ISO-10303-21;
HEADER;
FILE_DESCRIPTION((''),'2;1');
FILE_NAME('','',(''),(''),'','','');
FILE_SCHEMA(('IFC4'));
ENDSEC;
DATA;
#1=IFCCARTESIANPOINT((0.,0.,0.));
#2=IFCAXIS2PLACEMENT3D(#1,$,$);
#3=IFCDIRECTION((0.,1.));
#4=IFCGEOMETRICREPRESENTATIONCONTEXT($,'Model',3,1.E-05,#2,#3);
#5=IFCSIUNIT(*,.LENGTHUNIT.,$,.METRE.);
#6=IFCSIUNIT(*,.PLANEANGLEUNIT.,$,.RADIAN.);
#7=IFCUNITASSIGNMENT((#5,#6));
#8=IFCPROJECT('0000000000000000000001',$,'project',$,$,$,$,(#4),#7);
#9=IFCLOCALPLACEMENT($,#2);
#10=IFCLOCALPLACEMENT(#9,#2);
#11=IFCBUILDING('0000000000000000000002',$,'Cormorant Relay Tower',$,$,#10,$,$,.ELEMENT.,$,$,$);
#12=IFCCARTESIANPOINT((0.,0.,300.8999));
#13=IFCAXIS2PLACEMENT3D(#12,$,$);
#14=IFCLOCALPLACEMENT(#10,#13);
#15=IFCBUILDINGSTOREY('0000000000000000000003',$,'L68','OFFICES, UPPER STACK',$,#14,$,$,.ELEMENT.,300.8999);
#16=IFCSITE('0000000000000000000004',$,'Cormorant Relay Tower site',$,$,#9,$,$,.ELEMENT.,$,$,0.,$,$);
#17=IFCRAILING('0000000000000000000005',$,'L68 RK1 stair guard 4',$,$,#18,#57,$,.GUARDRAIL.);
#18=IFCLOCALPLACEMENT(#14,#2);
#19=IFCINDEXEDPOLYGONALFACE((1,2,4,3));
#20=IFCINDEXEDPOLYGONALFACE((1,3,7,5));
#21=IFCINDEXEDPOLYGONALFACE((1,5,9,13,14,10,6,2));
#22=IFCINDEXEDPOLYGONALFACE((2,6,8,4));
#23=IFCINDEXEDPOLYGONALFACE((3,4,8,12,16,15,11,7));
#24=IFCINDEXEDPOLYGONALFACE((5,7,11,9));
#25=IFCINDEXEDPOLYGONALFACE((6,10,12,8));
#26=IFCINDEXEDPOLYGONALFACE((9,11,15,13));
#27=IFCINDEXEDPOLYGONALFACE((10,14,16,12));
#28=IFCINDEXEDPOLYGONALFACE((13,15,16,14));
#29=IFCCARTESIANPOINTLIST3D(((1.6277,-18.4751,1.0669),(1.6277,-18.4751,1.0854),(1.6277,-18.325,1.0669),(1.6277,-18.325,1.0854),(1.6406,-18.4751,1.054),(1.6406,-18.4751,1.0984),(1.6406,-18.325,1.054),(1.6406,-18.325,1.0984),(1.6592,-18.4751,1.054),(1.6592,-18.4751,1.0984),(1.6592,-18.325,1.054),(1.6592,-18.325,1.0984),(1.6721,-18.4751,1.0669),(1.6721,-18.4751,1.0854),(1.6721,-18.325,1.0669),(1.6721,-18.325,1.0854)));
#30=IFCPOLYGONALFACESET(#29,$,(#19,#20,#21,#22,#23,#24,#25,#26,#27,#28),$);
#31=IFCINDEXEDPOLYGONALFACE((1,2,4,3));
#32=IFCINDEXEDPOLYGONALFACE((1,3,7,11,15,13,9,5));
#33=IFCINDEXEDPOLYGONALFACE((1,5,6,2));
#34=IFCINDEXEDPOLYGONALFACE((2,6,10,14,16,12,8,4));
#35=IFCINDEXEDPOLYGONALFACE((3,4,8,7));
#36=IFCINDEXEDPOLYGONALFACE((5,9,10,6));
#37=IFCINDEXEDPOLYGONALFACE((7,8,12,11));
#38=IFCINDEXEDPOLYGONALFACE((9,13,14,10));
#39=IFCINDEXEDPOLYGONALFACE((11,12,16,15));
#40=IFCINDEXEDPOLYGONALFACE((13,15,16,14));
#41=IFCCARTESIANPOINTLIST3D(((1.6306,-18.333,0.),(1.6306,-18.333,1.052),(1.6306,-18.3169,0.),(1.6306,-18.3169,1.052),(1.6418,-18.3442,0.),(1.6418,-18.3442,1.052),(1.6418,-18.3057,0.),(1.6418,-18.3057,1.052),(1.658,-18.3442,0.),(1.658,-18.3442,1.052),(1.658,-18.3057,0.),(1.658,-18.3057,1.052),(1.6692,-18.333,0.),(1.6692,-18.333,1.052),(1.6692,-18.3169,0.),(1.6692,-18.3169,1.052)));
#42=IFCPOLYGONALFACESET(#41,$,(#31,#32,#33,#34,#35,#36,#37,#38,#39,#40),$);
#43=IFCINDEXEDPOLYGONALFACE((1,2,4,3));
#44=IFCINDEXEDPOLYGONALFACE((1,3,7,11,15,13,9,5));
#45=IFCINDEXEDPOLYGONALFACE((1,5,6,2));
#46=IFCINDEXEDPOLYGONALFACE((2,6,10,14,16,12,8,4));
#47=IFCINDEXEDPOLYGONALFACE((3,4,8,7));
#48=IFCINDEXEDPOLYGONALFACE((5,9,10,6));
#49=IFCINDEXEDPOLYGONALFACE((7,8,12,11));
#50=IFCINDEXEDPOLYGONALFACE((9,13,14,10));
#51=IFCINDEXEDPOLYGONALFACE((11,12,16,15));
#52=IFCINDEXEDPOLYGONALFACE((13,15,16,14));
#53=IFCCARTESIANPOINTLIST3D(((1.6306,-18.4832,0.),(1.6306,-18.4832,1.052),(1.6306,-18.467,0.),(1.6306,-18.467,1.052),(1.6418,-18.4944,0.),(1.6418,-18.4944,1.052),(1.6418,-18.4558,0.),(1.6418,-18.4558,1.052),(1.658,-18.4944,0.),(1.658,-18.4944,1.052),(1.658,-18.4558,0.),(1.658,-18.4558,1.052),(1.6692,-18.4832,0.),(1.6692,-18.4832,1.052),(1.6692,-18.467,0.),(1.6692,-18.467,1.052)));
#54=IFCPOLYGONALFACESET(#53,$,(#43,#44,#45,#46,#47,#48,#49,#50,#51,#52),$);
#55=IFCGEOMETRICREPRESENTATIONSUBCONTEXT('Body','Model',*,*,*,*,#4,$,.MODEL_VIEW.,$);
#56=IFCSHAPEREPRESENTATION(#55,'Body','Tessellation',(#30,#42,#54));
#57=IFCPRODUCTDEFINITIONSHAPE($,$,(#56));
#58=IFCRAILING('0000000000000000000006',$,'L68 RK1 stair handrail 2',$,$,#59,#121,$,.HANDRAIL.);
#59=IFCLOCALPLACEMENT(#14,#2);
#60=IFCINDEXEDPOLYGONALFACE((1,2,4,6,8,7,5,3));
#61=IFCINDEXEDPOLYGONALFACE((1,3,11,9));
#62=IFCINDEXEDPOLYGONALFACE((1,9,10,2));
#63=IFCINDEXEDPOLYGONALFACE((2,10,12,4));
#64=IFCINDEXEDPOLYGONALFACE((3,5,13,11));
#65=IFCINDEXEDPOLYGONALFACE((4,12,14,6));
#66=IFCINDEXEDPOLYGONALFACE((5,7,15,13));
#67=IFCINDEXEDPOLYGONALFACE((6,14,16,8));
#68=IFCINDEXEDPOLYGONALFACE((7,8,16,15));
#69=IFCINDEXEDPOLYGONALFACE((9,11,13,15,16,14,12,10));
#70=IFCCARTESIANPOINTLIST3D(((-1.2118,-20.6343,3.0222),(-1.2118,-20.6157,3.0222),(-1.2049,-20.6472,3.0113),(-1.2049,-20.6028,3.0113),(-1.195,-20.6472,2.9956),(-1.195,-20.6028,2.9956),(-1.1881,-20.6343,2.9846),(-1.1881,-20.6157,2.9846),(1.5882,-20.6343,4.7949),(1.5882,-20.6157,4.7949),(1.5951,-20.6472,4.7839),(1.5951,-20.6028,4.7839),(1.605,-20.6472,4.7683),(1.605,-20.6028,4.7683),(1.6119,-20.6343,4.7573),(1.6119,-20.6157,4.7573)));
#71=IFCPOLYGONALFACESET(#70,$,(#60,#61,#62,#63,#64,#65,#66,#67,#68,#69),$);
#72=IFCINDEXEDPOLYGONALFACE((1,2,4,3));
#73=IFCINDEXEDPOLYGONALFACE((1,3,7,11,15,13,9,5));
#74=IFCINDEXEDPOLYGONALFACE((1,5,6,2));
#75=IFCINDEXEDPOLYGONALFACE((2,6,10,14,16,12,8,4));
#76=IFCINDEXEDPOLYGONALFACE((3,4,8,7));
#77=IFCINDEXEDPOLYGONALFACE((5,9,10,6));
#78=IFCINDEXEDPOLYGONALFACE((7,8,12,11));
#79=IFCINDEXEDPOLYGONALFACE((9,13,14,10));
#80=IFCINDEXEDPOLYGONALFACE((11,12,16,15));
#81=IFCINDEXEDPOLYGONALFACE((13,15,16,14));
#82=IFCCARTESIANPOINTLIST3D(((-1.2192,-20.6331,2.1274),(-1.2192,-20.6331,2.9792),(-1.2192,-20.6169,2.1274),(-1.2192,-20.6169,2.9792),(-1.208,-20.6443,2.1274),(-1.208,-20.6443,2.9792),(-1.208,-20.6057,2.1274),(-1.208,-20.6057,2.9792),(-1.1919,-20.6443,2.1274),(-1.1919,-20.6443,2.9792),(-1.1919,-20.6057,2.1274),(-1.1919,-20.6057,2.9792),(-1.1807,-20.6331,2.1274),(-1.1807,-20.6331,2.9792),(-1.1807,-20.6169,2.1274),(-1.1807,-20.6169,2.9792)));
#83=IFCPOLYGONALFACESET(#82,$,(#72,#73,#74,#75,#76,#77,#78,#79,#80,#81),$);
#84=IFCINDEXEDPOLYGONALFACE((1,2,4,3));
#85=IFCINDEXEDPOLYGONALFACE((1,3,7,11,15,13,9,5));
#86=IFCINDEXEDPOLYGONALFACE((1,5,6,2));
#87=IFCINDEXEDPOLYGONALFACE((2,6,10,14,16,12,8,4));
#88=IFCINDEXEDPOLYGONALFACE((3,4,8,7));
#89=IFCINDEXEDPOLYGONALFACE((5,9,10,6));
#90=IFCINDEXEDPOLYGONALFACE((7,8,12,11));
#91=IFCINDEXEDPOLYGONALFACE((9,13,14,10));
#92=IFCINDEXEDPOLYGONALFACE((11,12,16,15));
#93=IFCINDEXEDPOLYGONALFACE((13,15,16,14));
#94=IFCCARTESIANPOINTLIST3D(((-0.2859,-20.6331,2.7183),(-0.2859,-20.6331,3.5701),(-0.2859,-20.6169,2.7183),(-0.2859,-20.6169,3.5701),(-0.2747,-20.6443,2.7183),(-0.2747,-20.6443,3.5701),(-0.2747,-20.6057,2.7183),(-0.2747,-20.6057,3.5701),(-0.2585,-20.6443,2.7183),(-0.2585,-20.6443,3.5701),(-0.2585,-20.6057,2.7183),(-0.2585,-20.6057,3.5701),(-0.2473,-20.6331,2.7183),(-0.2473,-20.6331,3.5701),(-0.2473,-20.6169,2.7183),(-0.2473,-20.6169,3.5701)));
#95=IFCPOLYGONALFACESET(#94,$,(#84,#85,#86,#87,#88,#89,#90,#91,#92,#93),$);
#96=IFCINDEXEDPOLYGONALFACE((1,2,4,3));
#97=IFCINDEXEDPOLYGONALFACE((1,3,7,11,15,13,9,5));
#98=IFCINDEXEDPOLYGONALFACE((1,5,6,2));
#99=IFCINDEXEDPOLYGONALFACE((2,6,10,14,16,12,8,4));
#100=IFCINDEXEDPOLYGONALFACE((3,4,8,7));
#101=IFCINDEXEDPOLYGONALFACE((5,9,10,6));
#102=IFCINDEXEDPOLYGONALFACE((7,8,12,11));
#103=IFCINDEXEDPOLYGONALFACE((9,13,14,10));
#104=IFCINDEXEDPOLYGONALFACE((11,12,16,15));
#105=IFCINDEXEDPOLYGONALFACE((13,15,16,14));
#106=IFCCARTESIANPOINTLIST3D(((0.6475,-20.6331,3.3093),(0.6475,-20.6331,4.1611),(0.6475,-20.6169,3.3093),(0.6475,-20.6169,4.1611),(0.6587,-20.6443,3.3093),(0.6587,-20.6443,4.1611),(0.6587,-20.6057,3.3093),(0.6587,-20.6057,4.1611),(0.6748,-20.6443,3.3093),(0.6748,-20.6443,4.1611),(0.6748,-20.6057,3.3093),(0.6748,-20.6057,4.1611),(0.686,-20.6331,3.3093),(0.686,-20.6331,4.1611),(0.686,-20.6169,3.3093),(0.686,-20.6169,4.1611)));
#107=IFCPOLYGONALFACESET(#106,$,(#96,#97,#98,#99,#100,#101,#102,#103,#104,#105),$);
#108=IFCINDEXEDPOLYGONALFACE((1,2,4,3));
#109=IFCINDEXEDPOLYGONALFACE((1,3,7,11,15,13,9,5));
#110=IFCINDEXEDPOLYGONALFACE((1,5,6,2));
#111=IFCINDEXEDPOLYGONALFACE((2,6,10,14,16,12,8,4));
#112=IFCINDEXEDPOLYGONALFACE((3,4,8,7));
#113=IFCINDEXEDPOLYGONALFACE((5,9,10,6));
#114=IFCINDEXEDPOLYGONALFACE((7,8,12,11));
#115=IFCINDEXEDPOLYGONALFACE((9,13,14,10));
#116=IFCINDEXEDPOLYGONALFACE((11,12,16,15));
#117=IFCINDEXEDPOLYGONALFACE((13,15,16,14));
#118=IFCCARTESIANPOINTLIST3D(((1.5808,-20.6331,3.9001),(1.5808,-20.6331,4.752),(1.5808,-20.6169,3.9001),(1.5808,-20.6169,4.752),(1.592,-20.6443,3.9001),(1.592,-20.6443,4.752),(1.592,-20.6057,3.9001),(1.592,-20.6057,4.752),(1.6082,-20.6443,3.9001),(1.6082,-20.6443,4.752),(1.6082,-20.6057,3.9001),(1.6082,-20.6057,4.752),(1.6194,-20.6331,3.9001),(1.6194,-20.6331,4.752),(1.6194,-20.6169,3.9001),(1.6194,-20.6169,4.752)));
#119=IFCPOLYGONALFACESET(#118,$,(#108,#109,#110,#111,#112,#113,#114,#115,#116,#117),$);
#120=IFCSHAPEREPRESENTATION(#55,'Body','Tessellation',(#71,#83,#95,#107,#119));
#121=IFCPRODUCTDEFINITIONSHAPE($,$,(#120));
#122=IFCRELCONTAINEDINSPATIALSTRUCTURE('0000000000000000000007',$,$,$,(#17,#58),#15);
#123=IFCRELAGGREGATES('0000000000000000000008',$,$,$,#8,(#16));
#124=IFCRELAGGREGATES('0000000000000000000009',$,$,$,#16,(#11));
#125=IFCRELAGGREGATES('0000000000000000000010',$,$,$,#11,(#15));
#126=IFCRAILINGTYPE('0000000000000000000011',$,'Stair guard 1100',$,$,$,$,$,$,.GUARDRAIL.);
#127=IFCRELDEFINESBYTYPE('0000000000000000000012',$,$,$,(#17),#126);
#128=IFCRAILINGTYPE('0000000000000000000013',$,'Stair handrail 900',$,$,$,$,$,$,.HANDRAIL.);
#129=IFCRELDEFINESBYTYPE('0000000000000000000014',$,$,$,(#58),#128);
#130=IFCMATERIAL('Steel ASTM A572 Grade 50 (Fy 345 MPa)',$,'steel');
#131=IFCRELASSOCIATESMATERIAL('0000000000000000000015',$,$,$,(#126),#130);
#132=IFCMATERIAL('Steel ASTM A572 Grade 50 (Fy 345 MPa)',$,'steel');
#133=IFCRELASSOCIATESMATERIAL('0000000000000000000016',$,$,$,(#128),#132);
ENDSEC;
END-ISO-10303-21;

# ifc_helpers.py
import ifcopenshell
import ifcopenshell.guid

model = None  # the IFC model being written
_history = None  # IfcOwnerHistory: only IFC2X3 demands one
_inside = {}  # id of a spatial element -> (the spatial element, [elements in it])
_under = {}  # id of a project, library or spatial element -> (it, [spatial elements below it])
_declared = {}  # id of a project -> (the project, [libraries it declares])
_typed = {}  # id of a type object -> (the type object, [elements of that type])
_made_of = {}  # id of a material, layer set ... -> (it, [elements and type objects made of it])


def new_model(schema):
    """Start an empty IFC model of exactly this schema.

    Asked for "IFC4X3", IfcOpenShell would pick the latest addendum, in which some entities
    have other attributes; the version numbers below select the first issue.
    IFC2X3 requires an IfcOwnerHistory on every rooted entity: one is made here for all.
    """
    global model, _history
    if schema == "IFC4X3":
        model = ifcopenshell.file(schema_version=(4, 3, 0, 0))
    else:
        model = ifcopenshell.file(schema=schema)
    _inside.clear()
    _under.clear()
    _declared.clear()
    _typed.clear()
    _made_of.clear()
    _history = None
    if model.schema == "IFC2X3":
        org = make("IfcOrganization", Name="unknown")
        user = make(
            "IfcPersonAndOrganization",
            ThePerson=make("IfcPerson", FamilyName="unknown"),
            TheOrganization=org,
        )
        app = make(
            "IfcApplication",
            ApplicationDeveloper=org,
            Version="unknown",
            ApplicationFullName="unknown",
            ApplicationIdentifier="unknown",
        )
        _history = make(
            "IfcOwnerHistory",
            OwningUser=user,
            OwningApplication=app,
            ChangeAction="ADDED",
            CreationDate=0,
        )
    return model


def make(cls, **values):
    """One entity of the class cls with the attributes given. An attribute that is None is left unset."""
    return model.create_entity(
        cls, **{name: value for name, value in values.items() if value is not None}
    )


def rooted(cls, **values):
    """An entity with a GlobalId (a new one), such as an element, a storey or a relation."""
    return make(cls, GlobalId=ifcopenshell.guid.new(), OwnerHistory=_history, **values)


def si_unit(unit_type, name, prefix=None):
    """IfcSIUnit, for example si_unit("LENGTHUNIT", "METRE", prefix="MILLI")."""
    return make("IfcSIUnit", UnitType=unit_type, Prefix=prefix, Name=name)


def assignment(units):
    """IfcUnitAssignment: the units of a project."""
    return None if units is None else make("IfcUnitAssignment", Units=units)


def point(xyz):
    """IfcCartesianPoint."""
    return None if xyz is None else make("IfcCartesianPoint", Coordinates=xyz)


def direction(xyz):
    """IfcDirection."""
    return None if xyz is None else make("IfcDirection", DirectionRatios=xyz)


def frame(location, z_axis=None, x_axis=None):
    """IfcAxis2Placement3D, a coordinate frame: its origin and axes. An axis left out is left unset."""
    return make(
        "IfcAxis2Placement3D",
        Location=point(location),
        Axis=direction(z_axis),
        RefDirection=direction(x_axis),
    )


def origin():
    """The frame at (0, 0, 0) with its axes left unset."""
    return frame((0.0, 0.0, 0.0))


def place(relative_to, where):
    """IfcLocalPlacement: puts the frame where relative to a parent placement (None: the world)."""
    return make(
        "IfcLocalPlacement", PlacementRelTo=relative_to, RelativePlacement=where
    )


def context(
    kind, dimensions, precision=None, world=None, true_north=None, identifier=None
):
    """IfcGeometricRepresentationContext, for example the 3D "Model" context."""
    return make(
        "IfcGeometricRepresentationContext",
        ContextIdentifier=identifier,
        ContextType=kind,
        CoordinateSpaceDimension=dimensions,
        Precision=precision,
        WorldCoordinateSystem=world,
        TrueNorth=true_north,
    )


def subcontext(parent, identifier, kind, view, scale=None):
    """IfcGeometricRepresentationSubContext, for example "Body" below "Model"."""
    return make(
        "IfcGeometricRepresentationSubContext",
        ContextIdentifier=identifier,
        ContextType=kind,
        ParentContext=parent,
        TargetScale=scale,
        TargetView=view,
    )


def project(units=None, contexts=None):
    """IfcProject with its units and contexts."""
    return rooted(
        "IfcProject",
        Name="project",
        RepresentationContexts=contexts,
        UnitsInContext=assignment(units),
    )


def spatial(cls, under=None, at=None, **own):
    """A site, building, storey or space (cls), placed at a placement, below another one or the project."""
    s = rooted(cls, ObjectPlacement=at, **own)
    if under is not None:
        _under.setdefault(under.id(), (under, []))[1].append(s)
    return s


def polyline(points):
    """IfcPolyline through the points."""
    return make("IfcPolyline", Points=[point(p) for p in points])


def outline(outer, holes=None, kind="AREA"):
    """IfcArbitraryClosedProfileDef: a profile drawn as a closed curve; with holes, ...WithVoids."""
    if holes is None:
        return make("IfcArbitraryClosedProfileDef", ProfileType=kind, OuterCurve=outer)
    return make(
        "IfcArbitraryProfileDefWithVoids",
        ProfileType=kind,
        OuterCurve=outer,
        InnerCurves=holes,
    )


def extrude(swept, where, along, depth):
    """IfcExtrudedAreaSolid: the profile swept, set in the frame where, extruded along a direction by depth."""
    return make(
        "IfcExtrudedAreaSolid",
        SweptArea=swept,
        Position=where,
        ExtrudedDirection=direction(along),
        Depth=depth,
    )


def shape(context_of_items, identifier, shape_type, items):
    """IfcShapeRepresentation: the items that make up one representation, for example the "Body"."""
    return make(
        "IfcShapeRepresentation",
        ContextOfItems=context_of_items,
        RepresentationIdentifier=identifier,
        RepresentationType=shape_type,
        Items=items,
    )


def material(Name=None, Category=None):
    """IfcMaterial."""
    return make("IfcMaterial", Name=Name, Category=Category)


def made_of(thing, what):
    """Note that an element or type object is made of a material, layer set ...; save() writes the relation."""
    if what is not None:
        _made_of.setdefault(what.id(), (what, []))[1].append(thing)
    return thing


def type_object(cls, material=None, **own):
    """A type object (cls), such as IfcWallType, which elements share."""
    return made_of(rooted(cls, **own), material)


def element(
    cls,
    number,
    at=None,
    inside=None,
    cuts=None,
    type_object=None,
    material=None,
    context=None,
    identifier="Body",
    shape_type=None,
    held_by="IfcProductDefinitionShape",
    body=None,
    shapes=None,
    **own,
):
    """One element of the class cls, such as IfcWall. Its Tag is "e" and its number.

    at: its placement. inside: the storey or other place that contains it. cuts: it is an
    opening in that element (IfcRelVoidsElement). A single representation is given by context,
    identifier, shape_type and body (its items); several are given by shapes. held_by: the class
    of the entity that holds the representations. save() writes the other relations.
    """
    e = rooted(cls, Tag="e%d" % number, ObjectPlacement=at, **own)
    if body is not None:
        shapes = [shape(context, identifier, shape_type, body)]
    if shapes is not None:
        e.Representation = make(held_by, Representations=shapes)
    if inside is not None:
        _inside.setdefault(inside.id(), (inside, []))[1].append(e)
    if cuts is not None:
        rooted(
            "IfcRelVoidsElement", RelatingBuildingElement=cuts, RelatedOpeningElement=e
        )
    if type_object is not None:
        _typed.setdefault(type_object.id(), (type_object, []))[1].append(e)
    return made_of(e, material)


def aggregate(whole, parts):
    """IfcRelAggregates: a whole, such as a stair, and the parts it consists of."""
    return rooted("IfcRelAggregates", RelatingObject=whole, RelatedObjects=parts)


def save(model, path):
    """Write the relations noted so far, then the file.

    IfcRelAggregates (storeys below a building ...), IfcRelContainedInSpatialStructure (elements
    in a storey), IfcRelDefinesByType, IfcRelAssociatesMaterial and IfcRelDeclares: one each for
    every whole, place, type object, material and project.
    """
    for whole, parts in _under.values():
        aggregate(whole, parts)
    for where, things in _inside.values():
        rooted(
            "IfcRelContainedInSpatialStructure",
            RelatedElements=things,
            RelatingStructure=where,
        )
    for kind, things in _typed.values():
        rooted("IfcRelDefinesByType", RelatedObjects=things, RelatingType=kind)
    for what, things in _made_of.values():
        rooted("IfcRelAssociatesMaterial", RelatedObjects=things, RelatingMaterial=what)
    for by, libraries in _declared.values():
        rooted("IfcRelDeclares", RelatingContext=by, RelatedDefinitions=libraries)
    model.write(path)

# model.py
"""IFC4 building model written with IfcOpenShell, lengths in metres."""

from ifc_helpers import new_model, si_unit, direction, frame, origin, place, context, subcontext, project, spatial, polyline, outline, extrude, material, type_object, element, save


model = new_model("IFC4")

# Units and contexts
model_context = context("Model", 3, precision=1e-05, world=origin(), true_north=direction((0.0, 1.0)))
body_context = subcontext(model_context, "Body", "Model", "MODEL_VIEW")
ifc_project = project(units=[si_unit("LENGTHUNIT", "METRE"), si_unit("PLANEANGLEUNIT", "RADIAN")], contexts=[model_context])

# Site, building, storey
site_placement = place(None, origin())
site = spatial("IfcSite", under=ifc_project, at=site_placement, Name="Cormorant Relay Tower site", CompositionType="ELEMENT", RefElevation=0.0)
building_placement = place(site_placement, origin())
building = spatial("IfcBuilding", under=site, at=building_placement, Name="Cormorant Relay Tower", CompositionType="ELEMENT")
storey_placement = place(building_placement, frame((0.0, 0.0, 300.8999)))
storey = spatial("IfcBuildingStorey", under=building, at=storey_placement, Name="L68", Description="OFFICES, UPPER STACK", CompositionType="ELEMENT", Elevation=300.8999)

# Railings
ifc_material_1 = material(Name="Steel ASTM A572 Grade 50 (Fy 345 MPa)", Category="steel")
railing_type_1 = type_object("IfcRailingType", Name="Stair guard 1100", PredefinedType="GUARDRAIL", material=ifc_material_1)
railing_1_placement = place(storey_placement, frame((1.6499, -18.325, 0.0)))
element("IfcRailing", 1, at=railing_1_placement, inside=storey, type_object=railing_type_1, Name="L68 RK1 stair guard 4", PredefinedType="GUARDRAIL", context=body_context, shape_type="SweptSolid", body=[
    extrude(outline(polyline([(0.0222, 0.0093), (0.0093, 0.0222), (-0.0093, 0.0222), (-0.0222, 0.0093), (-0.0222, -0.0093), (-0.0093, -0.0222), (0.0093, -0.0222), (0.0222, -0.0093), (0.0222, 0.0093)])), frame((0.0, 0.0, 1.0762), z_axis=(0.0, -1.0, 0.0), x_axis=(1.0, 0.0, 0.0)), (0.0, 0.0, 1.0), 0.1501),
    extrude(outline(polyline([(0.0193, 0.0081), (0.0081, 0.0193), (-0.0081, 0.0193), (-0.0193, 0.0081), (-0.0193, -0.0081), (-0.0081, -0.0193), (0.0081, -0.0193), (0.0193, -0.0081), (0.0193, 0.0081)])), origin(), (0.0, 0.0, 1.0), 1.052),
    extrude(outline(polyline([(0.0193, 0.0081), (0.0081, 0.0193), (-0.0081, 0.0193), (-0.0193, 0.0081), (-0.0193, -0.0081), (-0.0081, -0.0193), (0.0081, -0.0193), (0.0193, -0.0081), (0.0193, 0.0081)])), frame((0.0, -0.1501, 0.0)), (0.0, 0.0, 1.0), 1.052),
])
ifc_material_2 = material(Name="Steel ASTM A572 Grade 50 (Fy 345 MPa)", Category="steel")
railing_type_2 = type_object("IfcRailingType", Name="Stair handrail 900", PredefinedType="HANDRAIL", material=ifc_material_2)
railing_2_placement = place(storey_placement, frame((-1.2, -20.625, 2.1274)))
element("IfcRailing", 2, at=railing_2_placement, inside=storey, type_object=railing_type_2, Name="L68 RK1 stair handrail 2", PredefinedType="HANDRAIL", context=body_context, shape_type="SweptSolid", body=[
    extrude(outline(polyline([(0.0222, 0.0093), (0.0093, 0.0222), (-0.0093, 0.0222), (-0.0222, 0.0093), (-0.0222, -0.0093), (-0.0093, -0.0222), (0.0093, -0.0222), (0.0222, -0.0093), (0.0222, 0.0093)])), frame((0.0, 0.0, 0.876), z_axis=(0.844909, 0.0, 0.53491), x_axis=(0.0, 1.0, 0.0)), (0.0, 0.0, 1.0), 3.314),
    extrude(outline(polyline([(0.0193, 0.0081), (0.0081, 0.0193), (-0.0081, 0.0193), (-0.0193, 0.0081), (-0.0193, -0.0081), (-0.0081, -0.0193), (0.0081, -0.0193), (0.0193, -0.0081), (0.0193, 0.0081)])), origin(), (0.0, 0.0, 1.0), 0.8518),
    extrude(outline(polyline([(0.0193, 0.0081), (0.0081, 0.0193), (-0.0081, 0.0193), (-0.0193, 0.0081), (-0.0193, -0.0081), (-0.0081, -0.0193), (0.0081, -0.0193), (0.0193, -0.0081), (0.0193, 0.0081)])), frame((0.9333, 0.0, 0.5908)), (0.0, 0.0, 1.0), 0.8518),
    extrude(outline(polyline([(0.0193, 0.0081), (0.0081, 0.0193), (-0.0081, 0.0193), (-0.0193, 0.0081), (-0.0193, -0.0081), (-0.0081, -0.0193), (0.0081, -0.0193), (0.0193, -0.0081), (0.0193, 0.0081)])), frame((1.8667, 0.0, 1.1819)), (0.0, 0.0, 1.0), 0.8518),
    extrude(outline(polyline([(0.0193, 0.0081), (0.0081, 0.0193), (-0.0081, 0.0193), (-0.0193, 0.0081), (-0.0193, -0.0081), (-0.0081, -0.0193), (0.0081, -0.0193), (0.0193, -0.0081), (0.0193, 0.0081)])), frame((2.8, 0.0, 1.7727)), (0.0, 0.0, 1.0), 0.8518),
])

save(model, "model.ifc")
